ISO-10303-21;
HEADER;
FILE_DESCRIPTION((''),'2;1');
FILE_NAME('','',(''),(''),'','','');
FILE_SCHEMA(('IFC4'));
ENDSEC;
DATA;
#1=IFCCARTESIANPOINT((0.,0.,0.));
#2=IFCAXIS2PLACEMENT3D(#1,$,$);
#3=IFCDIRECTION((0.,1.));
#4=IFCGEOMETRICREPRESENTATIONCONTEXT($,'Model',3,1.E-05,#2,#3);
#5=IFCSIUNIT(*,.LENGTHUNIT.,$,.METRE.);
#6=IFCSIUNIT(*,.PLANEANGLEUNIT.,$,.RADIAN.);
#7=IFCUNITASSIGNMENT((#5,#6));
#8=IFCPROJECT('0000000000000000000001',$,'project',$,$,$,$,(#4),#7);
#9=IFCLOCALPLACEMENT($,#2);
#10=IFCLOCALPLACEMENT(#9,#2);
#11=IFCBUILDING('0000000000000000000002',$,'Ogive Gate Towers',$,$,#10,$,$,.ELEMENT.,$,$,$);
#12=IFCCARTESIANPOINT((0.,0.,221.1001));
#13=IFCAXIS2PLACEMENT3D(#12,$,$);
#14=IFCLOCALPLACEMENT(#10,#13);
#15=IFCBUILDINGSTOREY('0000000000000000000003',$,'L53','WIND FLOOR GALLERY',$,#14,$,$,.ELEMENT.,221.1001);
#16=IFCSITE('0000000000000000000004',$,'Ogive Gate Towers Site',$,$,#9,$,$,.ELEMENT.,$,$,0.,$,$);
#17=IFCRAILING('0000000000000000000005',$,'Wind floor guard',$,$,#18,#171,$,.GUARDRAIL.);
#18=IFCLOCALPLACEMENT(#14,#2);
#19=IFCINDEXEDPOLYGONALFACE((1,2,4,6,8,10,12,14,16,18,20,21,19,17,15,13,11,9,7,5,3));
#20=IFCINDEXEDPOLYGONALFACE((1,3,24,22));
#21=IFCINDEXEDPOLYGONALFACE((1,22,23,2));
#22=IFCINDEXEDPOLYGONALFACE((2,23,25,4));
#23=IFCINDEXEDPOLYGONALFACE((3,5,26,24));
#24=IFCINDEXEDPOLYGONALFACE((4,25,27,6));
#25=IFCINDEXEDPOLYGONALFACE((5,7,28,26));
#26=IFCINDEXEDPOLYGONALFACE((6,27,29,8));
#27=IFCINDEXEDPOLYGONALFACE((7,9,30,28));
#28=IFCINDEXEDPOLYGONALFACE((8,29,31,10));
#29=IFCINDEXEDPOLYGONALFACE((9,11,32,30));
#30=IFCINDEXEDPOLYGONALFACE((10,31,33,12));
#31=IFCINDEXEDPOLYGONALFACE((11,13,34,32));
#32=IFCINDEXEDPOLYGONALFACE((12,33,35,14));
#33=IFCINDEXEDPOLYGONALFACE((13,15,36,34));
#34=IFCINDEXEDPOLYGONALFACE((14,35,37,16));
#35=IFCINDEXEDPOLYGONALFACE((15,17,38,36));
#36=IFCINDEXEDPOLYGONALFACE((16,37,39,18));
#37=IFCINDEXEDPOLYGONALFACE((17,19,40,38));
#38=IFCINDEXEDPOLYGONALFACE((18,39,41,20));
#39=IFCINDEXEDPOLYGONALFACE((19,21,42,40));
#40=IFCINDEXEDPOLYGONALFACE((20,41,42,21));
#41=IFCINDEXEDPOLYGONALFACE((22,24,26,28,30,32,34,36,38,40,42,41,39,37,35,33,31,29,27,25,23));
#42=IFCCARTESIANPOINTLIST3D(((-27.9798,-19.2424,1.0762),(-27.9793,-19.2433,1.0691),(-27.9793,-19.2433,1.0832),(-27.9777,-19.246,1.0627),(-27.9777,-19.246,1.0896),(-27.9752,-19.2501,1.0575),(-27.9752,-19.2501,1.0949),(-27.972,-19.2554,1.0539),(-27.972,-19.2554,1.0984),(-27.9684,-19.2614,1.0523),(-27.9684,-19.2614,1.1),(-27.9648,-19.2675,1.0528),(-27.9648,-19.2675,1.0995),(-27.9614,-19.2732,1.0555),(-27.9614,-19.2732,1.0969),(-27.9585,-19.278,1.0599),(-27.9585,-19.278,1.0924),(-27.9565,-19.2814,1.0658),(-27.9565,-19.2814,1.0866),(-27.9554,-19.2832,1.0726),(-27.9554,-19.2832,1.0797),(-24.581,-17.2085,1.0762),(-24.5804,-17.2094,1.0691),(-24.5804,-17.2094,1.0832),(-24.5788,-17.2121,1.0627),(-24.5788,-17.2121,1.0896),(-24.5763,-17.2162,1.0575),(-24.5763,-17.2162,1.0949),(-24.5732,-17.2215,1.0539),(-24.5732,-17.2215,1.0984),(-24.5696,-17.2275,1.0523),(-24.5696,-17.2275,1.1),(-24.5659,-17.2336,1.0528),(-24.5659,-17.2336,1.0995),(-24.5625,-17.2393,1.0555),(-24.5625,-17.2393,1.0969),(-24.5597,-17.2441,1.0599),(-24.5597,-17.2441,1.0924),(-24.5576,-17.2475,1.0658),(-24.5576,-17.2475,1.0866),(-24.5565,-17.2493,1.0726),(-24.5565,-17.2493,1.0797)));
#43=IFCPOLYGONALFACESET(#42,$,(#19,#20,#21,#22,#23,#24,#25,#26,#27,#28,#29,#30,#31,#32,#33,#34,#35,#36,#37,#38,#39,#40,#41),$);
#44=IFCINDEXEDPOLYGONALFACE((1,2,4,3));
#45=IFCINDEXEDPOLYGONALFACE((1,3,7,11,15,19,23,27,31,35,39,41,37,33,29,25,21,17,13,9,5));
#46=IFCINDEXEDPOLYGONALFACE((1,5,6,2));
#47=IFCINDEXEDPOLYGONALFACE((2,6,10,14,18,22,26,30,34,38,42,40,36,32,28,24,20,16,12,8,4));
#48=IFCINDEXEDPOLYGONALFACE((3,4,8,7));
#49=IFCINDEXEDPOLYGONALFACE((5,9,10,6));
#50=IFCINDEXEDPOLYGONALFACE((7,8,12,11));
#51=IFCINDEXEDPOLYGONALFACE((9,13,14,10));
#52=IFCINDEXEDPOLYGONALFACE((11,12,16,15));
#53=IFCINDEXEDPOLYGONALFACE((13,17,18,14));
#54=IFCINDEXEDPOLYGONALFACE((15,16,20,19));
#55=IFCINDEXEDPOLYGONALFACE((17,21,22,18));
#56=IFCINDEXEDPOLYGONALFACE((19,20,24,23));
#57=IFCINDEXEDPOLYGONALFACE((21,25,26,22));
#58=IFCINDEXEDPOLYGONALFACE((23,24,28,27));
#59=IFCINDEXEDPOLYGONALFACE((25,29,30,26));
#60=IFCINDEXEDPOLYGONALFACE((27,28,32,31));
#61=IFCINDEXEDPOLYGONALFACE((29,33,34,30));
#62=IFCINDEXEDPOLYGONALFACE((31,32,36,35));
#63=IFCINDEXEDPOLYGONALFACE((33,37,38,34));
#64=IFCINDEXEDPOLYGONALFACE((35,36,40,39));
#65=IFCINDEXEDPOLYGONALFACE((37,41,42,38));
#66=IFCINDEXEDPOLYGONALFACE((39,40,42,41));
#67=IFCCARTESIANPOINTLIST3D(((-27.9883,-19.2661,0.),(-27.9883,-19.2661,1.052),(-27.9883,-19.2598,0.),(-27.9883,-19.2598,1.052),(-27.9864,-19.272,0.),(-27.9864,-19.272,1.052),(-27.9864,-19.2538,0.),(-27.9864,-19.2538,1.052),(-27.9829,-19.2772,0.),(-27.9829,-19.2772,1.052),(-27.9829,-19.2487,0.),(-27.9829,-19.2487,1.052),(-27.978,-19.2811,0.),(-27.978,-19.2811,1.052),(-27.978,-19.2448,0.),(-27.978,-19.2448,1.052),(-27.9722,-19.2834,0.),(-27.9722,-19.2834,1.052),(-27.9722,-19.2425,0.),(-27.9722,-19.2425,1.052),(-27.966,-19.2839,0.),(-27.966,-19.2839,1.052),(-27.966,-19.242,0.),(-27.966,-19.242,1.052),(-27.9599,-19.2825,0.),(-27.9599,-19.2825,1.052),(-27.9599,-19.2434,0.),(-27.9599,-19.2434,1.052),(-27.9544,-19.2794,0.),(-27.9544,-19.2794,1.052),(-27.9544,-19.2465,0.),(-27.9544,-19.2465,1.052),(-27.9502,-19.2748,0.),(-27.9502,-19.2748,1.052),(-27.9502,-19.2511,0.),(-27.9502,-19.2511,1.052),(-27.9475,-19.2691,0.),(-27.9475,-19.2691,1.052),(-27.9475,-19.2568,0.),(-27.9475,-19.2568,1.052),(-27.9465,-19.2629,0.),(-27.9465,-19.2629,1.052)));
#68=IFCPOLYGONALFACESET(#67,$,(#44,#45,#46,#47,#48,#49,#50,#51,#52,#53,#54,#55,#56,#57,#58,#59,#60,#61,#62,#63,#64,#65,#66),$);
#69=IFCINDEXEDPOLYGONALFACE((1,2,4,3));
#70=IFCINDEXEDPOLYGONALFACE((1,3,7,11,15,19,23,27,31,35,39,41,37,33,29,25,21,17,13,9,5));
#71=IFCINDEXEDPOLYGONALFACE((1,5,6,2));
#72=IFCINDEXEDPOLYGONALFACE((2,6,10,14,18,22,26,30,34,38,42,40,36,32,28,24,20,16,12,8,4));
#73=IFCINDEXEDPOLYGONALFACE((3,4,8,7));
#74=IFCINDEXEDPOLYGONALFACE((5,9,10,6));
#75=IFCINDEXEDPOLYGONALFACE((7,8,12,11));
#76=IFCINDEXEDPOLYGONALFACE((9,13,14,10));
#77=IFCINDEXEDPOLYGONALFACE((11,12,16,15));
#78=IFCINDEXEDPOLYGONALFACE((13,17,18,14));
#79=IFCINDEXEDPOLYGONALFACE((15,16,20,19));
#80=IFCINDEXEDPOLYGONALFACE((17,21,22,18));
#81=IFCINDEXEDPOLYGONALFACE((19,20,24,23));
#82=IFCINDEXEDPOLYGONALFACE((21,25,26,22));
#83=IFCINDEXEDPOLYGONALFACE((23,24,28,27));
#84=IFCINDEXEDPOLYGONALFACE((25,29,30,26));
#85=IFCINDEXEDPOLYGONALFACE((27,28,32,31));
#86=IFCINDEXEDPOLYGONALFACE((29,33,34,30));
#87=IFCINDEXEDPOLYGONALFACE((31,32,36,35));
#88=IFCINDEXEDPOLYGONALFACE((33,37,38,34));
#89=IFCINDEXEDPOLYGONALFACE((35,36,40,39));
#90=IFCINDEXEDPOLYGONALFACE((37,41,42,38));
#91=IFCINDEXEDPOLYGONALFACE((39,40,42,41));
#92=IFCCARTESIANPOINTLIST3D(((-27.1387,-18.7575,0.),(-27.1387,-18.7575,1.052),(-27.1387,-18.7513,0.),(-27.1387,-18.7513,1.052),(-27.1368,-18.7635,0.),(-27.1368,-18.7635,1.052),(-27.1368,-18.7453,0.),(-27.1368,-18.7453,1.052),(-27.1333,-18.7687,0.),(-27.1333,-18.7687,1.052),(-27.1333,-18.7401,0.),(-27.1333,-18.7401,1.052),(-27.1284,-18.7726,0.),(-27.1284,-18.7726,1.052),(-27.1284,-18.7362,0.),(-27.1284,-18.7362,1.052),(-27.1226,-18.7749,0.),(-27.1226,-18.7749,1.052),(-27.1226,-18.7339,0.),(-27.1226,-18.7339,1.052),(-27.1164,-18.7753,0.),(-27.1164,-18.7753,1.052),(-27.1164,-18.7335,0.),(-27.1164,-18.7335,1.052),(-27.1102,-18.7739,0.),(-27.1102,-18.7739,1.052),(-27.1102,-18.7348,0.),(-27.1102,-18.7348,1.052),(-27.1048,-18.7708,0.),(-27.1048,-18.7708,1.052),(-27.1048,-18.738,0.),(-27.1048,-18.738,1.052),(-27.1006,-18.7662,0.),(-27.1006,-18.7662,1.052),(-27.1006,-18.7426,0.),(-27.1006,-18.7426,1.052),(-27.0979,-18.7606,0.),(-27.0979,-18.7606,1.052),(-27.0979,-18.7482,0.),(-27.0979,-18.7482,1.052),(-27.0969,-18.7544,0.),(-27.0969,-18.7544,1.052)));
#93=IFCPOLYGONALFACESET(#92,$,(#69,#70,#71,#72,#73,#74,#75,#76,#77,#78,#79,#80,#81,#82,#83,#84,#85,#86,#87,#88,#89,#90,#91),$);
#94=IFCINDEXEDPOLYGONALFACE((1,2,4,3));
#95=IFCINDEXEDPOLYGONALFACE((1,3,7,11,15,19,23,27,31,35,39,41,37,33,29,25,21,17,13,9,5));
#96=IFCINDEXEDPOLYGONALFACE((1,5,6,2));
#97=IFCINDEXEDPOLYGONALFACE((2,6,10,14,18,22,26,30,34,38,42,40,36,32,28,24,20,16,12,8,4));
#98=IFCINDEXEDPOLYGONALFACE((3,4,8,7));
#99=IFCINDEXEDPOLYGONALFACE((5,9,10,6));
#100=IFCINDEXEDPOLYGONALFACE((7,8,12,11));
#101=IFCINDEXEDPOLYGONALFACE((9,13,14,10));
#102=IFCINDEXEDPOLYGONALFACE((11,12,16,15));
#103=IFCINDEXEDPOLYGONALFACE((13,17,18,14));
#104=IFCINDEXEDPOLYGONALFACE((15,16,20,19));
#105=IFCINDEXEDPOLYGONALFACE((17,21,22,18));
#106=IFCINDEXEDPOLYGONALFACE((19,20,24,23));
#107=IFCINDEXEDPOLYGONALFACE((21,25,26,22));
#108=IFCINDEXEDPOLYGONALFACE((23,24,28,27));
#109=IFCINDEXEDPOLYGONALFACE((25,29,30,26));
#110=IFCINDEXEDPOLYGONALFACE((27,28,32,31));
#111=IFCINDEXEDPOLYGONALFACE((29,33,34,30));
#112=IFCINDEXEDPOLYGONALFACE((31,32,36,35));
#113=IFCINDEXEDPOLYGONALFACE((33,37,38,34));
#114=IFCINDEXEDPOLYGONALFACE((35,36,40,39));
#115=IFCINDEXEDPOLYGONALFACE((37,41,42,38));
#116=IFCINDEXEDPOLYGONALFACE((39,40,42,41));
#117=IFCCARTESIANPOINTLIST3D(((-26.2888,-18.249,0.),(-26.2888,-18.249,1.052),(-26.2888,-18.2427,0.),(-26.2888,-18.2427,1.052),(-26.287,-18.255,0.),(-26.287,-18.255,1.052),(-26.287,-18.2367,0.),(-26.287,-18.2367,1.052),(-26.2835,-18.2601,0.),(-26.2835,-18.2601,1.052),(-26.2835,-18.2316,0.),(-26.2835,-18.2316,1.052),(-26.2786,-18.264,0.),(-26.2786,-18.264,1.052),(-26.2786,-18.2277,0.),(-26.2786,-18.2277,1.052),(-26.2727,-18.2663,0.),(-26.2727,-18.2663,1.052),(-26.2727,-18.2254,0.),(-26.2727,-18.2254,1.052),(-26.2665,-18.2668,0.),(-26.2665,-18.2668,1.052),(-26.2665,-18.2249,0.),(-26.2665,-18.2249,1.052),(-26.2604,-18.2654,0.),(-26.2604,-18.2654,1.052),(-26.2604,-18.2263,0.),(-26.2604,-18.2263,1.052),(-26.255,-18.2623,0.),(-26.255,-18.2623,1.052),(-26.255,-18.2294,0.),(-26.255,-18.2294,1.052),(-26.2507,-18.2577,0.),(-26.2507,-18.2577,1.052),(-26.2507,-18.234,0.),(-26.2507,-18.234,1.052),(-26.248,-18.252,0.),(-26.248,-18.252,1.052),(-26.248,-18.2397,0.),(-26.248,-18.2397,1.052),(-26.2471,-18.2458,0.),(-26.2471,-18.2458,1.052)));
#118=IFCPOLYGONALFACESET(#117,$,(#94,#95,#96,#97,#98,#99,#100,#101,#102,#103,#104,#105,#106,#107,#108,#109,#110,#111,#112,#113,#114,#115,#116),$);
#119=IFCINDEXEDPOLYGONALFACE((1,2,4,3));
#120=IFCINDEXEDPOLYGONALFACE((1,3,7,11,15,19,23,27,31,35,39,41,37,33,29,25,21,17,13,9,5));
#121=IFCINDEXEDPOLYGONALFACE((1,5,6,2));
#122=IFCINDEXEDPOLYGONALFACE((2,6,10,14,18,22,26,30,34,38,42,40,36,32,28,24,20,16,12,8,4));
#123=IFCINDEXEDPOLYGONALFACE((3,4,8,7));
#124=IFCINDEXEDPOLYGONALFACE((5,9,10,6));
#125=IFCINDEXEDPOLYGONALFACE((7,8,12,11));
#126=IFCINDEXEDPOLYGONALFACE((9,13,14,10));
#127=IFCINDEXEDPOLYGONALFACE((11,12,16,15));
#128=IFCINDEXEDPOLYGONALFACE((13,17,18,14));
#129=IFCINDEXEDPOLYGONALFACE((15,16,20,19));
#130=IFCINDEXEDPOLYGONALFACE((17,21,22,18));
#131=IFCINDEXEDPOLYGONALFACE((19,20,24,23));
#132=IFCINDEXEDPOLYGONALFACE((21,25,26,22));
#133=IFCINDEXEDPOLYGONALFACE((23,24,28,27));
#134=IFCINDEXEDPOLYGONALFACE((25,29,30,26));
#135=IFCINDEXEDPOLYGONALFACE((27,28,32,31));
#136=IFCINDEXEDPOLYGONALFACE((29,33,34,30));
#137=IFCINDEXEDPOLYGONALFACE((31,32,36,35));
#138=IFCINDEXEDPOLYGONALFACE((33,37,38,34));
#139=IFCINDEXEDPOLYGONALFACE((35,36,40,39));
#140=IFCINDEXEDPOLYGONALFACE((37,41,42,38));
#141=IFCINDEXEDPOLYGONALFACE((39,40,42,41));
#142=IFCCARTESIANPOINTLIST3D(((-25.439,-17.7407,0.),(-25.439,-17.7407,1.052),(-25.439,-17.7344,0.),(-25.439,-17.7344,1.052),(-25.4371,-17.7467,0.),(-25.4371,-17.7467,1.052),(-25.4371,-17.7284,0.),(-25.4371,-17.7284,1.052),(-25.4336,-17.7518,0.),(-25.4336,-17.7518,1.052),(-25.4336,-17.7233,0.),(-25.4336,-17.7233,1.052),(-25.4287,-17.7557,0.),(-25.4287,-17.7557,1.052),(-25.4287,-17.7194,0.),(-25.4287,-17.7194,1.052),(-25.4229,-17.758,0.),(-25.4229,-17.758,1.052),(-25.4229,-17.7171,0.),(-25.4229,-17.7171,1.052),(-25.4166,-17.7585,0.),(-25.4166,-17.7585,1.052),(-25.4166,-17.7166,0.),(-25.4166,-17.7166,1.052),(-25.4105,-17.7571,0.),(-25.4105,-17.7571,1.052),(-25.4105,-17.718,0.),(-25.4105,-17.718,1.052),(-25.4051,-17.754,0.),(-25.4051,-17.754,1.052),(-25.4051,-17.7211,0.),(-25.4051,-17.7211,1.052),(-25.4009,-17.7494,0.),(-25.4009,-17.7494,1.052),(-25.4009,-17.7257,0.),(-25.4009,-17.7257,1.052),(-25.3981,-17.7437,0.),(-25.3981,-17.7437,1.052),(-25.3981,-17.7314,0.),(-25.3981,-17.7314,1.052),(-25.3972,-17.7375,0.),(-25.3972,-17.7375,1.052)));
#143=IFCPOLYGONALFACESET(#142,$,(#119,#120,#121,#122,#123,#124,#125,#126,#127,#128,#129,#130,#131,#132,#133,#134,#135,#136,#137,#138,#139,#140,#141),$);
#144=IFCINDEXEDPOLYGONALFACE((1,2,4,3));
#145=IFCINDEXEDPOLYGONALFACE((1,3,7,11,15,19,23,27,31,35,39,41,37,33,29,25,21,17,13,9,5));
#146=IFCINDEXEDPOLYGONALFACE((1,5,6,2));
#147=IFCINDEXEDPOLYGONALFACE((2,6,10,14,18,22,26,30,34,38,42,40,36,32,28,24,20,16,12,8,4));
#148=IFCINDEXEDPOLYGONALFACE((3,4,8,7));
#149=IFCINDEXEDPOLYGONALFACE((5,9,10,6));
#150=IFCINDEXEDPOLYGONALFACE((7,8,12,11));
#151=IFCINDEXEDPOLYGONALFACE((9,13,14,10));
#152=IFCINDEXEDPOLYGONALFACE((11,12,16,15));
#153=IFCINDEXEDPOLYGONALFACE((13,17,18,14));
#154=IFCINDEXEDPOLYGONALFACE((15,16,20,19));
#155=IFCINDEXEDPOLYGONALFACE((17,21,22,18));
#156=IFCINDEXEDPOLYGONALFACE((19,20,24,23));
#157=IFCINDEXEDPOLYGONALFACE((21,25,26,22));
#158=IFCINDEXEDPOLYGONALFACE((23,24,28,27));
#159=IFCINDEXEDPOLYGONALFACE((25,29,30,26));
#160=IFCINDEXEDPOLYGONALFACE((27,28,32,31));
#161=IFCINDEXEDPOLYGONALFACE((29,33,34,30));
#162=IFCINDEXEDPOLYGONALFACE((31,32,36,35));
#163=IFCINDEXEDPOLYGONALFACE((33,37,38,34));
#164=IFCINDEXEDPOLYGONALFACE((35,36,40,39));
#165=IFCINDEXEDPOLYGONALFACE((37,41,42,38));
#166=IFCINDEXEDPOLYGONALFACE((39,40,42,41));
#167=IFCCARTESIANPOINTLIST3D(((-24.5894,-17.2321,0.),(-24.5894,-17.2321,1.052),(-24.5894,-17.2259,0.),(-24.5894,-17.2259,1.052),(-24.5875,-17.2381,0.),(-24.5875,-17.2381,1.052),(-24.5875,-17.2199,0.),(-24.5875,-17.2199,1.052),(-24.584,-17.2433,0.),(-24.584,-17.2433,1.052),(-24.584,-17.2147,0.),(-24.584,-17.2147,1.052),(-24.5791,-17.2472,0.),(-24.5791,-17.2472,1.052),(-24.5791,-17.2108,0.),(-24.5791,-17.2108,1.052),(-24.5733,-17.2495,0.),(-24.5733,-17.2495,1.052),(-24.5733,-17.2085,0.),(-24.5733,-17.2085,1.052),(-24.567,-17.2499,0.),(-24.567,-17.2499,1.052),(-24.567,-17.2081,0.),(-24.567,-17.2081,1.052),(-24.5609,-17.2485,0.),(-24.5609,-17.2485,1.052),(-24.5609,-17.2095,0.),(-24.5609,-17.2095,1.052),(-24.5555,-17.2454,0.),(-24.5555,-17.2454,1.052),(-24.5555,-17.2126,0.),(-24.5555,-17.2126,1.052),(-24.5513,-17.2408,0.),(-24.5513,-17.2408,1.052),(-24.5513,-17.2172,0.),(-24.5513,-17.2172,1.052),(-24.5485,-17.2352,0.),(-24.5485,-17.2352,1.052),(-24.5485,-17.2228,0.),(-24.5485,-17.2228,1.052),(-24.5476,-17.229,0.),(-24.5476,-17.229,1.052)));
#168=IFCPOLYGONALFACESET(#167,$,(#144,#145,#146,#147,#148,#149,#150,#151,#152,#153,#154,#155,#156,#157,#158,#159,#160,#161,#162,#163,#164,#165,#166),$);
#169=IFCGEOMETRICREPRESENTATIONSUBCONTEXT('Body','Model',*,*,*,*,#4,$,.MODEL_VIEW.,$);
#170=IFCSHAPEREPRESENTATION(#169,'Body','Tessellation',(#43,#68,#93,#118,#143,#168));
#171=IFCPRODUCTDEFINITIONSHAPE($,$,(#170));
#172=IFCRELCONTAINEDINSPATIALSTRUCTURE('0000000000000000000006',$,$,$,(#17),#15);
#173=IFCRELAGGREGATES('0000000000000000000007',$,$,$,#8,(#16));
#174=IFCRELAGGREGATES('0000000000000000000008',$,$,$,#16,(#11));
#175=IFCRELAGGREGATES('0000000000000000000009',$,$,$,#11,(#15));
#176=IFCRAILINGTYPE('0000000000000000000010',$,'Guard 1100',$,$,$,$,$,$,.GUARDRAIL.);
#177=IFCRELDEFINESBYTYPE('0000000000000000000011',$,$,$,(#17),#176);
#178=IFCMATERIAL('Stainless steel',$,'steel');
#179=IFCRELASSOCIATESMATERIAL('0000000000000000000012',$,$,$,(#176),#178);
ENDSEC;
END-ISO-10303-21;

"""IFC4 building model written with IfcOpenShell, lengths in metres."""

from ifc_helpers import new_model, si_unit, direction, frame, origin, origin_2d, place, context, subcontext, project, spatial, circle, extrude, material, type_object, element, save


model = new_model("IFC4")

# Units and contexts
model_context = context("Model", 3, precision=1e-05, world=origin(), true_north=direction((0.0, 1.0)))
body_context = subcontext(model_context, "Body", "Model", "MODEL_VIEW")
ifc_project = project(units=[si_unit("LENGTHUNIT", "METRE"), si_unit("PLANEANGLEUNIT", "RADIAN")], contexts=[model_context])

# Site, building, storey
site_placement = place(None, origin())
site = spatial("IfcSite", under=ifc_project, at=site_placement, Name="Ogive Gate Towers Site", CompositionType="ELEMENT", RefElevation=0.0)
building_placement = place(site_placement, origin())
building = spatial("IfcBuilding", under=site, at=building_placement, Name="Ogive Gate Towers", CompositionType="ELEMENT")
storey_placement = place(building_placement, frame((0.0, 0.0, 221.1001)))
storey = spatial("IfcBuildingStorey", under=building, at=storey_placement, Name="L53", Description="WIND FLOOR GALLERY", CompositionType="ELEMENT", Elevation=221.1001)

# Railing
ifc_material_1 = material(Name="Stainless steel", Category="steel")
railing_type_1 = type_object("IfcRailingType", Name="Guard 1100", PredefinedType="GUARDRAIL", material=ifc_material_1)
railing_1_placement = place(storey_placement, frame((-27.9675, -19.2629, 0.0)))
element("IfcRailing", 1, at=railing_1_placement, inside=storey, type_object=railing_type_1, Name="Wind floor guard", PredefinedType="GUARDRAIL", context=body_context, shape_type="SweptSolid", body=[
    extrude(circle(Radius=0.0239, at=origin_2d()), frame((0.0, 0.0, 1.0762), z_axis=(0.858096, 0.513489, 0.0), x_axis=(-0.513489, 0.858096, 0.0)), (0.0, 0.0, 1.0), 3.9609),
    extrude(circle(Radius=0.021, at=origin_2d()), origin(), (0.0, 0.0, 1.0), 1.052),
    extrude(circle(Radius=0.021, at=origin_2d()), frame((0.8496, 0.5085, 0.0)), (0.0, 0.0, 1.0), 1.052),
    extrude(circle(Radius=0.021, at=origin_2d()), frame((1.6995, 1.0171, 0.0)), (0.0, 0.0, 1.0), 1.052),
    extrude(circle(Radius=0.021, at=origin_2d()), frame((2.5493, 1.5254, 0.0)), (0.0, 0.0, 1.0), 1.052),
    extrude(circle(Radius=0.021, at=origin_2d()), frame((3.3989, 2.0339, 0.0)), (0.0, 0.0, 1.0), 1.052),
])

save(model, "model.ifc")
